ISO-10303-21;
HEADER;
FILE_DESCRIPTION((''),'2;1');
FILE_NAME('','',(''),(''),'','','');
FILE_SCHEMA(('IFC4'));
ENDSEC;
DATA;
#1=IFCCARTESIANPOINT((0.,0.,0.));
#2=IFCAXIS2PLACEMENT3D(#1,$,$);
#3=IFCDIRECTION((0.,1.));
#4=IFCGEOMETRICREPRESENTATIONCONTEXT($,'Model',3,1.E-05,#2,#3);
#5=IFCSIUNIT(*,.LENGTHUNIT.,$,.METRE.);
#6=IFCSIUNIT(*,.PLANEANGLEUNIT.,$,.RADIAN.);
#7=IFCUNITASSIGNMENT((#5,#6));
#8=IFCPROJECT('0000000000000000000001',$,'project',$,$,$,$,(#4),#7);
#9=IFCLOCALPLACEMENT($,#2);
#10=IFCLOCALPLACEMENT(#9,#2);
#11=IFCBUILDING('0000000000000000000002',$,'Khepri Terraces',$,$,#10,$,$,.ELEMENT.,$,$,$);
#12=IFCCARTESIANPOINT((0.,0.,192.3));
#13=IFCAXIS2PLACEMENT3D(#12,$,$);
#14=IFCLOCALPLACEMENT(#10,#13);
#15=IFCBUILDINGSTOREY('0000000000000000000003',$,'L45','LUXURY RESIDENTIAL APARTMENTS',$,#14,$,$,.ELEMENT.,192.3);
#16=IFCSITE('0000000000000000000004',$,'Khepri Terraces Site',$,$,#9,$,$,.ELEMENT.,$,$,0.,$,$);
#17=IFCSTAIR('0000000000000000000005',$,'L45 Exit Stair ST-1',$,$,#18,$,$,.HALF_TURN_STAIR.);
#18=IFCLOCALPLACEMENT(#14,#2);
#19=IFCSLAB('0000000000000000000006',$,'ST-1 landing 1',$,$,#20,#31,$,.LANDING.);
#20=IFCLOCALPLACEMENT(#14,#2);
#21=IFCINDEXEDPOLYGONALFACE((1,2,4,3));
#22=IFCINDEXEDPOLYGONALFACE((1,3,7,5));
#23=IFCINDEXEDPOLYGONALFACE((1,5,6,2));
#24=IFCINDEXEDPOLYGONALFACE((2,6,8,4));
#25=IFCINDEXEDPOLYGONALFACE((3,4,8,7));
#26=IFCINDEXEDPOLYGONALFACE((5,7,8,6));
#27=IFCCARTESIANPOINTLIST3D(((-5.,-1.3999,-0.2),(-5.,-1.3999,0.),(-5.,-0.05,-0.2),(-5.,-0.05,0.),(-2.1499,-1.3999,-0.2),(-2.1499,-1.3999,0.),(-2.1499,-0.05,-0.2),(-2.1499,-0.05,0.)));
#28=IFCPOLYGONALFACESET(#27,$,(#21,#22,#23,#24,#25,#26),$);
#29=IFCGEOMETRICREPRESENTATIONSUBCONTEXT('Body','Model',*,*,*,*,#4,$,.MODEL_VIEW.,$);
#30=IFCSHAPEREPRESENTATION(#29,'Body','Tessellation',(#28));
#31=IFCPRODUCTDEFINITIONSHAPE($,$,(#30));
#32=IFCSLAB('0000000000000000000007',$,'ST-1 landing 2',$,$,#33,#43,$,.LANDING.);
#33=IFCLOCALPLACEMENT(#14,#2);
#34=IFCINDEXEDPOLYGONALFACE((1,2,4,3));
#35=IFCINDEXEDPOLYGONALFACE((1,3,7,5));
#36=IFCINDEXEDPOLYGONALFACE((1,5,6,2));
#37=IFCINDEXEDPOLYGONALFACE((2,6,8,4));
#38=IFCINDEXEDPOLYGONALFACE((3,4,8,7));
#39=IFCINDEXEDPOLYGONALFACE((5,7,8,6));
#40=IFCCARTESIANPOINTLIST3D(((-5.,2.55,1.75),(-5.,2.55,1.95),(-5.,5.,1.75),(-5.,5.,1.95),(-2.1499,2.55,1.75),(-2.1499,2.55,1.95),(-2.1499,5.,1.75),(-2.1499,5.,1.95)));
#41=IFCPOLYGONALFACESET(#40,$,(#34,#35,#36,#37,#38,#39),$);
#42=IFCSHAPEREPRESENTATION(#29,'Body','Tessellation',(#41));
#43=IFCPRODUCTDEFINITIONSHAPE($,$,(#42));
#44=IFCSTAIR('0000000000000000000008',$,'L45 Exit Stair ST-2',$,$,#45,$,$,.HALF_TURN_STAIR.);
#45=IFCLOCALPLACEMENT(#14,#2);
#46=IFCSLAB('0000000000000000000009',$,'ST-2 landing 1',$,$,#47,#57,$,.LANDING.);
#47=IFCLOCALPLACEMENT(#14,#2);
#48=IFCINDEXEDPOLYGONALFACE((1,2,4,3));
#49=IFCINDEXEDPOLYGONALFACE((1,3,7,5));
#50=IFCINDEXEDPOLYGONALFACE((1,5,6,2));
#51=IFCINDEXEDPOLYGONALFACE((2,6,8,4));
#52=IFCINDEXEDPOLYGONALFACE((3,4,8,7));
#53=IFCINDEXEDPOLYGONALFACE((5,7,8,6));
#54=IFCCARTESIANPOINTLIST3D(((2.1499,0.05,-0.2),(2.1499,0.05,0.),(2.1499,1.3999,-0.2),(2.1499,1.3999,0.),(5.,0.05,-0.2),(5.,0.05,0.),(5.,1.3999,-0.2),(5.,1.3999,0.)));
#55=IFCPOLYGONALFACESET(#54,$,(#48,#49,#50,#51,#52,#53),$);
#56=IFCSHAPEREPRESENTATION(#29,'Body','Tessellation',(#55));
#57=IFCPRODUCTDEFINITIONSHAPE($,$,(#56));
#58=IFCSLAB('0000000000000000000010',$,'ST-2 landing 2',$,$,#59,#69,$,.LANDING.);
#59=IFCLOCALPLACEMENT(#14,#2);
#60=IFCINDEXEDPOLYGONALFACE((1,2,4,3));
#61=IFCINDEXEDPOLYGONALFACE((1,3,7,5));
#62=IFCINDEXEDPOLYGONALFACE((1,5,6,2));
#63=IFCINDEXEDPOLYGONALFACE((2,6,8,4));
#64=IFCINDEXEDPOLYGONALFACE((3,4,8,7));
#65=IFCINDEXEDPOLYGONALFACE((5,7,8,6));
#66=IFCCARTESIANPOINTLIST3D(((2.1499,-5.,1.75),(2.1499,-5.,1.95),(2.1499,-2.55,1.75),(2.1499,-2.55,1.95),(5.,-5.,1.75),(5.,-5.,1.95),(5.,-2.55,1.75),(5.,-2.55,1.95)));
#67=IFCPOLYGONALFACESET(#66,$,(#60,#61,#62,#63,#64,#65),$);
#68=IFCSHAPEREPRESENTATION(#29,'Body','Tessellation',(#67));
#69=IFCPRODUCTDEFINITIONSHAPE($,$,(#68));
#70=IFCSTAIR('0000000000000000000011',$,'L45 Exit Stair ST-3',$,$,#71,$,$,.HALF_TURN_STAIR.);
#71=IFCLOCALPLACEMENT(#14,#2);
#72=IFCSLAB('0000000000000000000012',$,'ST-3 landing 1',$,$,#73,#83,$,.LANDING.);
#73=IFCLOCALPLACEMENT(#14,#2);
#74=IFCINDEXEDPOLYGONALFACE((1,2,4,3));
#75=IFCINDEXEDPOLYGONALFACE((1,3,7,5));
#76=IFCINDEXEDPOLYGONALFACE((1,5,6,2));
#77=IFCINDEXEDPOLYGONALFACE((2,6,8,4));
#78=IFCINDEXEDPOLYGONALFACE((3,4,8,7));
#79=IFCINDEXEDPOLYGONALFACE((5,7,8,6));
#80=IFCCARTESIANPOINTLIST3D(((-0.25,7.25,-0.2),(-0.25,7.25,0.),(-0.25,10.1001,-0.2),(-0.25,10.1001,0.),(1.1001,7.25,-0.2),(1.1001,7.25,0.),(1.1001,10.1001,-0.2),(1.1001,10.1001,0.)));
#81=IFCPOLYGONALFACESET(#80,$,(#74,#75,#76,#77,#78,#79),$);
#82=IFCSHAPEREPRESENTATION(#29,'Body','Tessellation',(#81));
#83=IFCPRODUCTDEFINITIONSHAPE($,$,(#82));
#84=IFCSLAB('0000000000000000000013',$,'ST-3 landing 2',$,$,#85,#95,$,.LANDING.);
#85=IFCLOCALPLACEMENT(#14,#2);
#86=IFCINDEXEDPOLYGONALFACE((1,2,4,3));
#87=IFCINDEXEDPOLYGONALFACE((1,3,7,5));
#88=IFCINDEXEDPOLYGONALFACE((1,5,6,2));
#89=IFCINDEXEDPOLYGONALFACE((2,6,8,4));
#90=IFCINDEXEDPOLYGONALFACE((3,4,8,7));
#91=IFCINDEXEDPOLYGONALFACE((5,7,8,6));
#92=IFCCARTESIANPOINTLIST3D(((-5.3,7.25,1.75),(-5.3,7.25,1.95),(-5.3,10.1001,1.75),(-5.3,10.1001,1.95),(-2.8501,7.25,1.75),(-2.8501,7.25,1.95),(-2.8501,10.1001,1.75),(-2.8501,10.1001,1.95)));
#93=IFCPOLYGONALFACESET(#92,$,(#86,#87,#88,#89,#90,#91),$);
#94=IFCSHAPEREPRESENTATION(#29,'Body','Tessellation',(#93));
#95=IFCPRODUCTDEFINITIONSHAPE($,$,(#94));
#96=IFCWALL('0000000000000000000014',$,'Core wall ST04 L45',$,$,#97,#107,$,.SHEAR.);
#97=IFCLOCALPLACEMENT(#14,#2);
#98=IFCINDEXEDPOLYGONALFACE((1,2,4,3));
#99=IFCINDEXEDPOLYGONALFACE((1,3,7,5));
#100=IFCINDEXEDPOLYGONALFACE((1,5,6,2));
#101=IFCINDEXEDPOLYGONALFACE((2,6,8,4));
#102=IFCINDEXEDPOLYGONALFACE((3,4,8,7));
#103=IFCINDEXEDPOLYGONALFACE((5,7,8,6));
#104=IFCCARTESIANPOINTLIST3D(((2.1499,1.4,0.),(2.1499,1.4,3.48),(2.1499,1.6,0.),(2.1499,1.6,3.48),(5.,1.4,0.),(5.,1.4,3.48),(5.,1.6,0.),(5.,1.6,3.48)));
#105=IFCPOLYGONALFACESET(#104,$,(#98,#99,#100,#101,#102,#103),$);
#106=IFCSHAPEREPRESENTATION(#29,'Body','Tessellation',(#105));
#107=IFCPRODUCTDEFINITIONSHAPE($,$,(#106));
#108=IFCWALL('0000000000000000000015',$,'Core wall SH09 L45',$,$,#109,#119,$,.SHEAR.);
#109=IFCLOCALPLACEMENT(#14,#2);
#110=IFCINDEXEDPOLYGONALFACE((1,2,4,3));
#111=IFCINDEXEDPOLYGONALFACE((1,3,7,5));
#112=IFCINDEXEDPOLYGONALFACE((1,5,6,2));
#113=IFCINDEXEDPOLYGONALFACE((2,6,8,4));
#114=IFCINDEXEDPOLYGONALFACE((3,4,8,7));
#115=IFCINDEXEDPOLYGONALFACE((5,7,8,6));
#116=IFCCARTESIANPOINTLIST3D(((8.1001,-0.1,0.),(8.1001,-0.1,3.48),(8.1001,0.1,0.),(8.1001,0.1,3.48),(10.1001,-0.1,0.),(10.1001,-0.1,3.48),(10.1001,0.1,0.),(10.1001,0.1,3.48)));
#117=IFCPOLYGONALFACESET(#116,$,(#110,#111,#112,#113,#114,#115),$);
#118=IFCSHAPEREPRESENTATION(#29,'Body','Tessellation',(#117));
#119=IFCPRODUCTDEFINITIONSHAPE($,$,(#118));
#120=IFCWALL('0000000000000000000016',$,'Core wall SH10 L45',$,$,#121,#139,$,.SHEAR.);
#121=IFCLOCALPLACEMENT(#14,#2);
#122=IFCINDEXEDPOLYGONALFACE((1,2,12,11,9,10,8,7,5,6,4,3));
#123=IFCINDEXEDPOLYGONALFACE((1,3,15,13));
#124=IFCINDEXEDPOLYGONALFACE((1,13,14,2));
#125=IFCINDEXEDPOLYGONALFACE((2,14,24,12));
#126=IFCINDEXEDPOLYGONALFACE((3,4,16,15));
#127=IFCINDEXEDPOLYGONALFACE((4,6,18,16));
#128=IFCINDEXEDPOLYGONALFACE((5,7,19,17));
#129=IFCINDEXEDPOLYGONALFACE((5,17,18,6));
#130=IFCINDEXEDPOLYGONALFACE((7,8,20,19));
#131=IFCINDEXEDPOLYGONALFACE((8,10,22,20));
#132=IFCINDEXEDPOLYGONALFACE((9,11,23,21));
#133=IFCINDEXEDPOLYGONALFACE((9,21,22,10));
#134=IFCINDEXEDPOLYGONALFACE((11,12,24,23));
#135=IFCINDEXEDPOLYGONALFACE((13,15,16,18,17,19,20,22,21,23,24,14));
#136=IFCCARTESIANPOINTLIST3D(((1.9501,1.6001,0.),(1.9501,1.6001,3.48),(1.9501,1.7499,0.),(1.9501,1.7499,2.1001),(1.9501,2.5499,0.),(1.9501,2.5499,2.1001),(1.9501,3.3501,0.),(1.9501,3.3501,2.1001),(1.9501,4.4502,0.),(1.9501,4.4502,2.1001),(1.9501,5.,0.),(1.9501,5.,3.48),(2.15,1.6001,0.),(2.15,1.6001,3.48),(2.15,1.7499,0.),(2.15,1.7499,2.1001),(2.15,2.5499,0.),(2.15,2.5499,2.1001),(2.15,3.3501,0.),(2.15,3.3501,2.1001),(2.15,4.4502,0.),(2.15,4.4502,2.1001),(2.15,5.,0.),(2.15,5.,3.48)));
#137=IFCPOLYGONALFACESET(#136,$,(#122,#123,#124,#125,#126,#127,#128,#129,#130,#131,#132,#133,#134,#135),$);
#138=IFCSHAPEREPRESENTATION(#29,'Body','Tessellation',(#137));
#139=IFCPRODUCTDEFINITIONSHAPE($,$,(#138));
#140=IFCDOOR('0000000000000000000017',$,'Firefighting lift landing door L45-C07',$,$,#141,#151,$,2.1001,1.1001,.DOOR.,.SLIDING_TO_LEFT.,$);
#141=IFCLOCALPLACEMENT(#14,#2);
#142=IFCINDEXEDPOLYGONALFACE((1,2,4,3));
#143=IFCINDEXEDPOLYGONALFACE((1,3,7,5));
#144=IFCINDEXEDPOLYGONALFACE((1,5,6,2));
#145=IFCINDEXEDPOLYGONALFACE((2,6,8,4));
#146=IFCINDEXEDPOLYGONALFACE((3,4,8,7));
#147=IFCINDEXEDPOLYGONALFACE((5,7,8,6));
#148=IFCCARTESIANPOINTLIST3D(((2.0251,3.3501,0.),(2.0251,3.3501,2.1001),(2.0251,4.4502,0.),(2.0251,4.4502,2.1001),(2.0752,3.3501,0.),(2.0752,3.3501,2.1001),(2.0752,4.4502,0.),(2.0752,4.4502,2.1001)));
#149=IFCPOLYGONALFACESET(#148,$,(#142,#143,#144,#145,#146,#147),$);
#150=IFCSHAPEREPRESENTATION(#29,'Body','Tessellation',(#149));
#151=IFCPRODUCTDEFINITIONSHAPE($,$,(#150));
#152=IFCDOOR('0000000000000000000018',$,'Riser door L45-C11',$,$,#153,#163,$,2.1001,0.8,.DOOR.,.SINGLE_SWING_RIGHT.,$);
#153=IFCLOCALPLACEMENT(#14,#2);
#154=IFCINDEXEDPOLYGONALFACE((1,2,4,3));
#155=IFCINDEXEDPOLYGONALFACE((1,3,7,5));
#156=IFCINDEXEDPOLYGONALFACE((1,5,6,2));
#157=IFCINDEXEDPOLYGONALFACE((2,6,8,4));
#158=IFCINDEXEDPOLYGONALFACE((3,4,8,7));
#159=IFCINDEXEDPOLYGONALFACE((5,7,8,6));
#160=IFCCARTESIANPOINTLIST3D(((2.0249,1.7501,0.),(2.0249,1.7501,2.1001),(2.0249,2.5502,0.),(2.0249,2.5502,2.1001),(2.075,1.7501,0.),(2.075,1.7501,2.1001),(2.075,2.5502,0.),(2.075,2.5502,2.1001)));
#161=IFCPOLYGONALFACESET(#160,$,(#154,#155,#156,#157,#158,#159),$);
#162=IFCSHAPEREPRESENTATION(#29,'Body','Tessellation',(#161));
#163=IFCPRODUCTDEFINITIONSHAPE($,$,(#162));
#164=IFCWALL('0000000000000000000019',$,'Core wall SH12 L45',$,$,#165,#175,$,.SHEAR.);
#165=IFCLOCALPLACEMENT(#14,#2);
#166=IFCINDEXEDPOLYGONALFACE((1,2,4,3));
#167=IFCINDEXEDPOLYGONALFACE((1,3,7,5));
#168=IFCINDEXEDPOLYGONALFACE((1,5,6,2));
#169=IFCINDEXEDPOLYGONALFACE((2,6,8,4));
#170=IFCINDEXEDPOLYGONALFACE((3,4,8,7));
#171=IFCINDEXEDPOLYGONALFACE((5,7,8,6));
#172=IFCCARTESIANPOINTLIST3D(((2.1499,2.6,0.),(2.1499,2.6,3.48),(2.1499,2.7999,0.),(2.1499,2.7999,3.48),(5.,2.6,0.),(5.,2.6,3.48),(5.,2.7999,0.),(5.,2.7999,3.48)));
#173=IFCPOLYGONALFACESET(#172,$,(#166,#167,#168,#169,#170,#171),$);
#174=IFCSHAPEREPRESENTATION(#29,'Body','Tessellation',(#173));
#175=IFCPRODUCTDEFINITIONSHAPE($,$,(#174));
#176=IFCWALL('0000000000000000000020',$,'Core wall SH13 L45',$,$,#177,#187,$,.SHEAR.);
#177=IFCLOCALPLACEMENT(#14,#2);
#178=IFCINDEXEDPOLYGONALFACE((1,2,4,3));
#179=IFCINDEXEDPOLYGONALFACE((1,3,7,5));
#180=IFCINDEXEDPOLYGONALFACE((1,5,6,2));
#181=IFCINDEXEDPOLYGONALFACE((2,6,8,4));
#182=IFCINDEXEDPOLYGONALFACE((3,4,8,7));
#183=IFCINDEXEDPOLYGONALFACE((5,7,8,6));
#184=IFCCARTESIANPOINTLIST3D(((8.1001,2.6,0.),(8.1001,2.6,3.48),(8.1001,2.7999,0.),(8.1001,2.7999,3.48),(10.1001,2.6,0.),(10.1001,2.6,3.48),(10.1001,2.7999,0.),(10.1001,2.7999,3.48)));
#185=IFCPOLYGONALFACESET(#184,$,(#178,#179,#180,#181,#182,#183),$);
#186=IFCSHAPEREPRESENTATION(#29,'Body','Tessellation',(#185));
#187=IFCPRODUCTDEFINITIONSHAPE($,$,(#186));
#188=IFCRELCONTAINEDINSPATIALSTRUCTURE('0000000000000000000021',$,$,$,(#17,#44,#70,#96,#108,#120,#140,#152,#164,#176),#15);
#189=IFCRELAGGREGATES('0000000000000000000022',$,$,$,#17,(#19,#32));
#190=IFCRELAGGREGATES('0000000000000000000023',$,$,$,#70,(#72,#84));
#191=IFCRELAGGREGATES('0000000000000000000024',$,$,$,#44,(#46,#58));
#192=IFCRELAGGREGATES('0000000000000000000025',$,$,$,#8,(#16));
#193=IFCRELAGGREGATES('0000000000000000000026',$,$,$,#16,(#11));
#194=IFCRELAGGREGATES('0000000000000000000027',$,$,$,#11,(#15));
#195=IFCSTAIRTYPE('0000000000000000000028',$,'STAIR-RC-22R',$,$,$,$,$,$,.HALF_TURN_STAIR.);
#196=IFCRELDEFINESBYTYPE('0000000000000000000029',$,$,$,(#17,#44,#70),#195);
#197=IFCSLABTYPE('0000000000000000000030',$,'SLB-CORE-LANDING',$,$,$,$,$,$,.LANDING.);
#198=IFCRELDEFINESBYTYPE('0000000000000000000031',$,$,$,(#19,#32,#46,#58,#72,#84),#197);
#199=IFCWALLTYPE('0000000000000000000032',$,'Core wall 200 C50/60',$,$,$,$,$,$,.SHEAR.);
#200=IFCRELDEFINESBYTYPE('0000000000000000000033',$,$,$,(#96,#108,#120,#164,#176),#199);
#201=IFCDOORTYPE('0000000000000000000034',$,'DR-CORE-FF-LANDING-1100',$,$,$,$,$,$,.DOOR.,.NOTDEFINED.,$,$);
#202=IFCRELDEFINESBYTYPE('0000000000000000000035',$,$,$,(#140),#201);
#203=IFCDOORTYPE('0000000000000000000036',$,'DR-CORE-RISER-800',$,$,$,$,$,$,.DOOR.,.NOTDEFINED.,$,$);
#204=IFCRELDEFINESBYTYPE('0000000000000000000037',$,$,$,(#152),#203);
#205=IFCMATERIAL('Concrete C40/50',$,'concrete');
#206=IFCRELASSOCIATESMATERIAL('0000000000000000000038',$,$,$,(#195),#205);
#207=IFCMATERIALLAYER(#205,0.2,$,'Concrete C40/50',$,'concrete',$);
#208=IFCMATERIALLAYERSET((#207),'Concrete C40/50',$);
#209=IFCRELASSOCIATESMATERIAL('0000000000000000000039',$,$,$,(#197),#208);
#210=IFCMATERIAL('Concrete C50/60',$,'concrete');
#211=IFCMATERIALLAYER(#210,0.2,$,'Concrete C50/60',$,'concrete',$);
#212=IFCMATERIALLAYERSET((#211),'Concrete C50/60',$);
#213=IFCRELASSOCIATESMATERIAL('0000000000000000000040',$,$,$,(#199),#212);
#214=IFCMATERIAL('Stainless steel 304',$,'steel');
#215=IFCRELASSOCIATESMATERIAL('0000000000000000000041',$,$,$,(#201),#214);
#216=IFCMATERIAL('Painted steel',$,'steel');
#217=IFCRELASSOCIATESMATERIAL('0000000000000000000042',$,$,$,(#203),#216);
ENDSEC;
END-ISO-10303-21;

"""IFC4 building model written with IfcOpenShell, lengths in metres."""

from ifc_helpers import new_model, si_unit, direction, frame, frame_2d, origin, place, context, subcontext, project, spatial, polyline, rectangle, outline, extrude, material, layer, layer_set, type_object, element, fill, aggregate, save


model = new_model("IFC4")

# Units and contexts
model_context = context("Model", 3, precision=1e-05, world=origin(), true_north=direction((0.0, 1.0)))
body_context = subcontext(model_context, "Body", "Model", "MODEL_VIEW")
ifc_project = project(units=[si_unit("LENGTHUNIT", "METRE"), si_unit("PLANEANGLEUNIT", "RADIAN")], contexts=[model_context])

# Site, building, storey
site_placement = place(None, origin())
site = spatial("IfcSite", under=ifc_project, at=site_placement, Name="Khepri Terraces Site", CompositionType="ELEMENT", RefElevation=0.0)
building_placement = place(site_placement, origin())
building = spatial("IfcBuilding", under=site, at=building_placement, Name="Khepri Terraces", CompositionType="ELEMENT")
storey_placement = place(building_placement, frame((0.0, 0.0, 192.3)))
storey = spatial("IfcBuildingStorey", under=building, at=storey_placement, Name="L45", Description="LUXURY RESIDENTIAL APARTMENTS", CompositionType="ELEMENT", Elevation=192.3)

# Stairs, slabs
ifc_material_1 = material(Name="Concrete C40/50", Category="concrete")
stair_type = type_object("IfcStairType", Name="STAIR-RC-22R", PredefinedType="HALF_TURN_STAIR", material=ifc_material_1)
stair_1_placement = place(storey_placement, origin())
stair_1 = element("IfcStair", 1, at=stair_1_placement, inside=storey, type_object=stair_type, Name="L45 Exit Stair ST-1", PredefinedType="HALF_TURN_STAIR")
ifc_layer_1 = layer(ifc_material_1, 0.2, Name="Concrete C40/50", Category="concrete")
ifc_layer_set_1 = layer_set([ifc_layer_1], Name="Concrete C40/50")
slab_type = type_object("IfcSlabType", Name="SLB-CORE-LANDING", PredefinedType="LANDING", material=ifc_layer_set_1)
slab_1_placement = place(storey_placement, frame((0.0, 0.0, -0.2)))
slab_1 = element("IfcSlab", 2, at=slab_1_placement, type_object=slab_type, Name="ST-1 landing 1", PredefinedType="LANDING", context=body_context, shape_type="SweptSolid", body=[
    extrude(outline(polyline([(-2.1499, -1.3999), (-2.1499, -0.05), (-5.0, -0.05), (-5.0, -1.3999), (-2.1499, -1.3999)])), origin(), (0.0, 0.0, 1.0), 0.2),
])
slab_2_placement = place(storey_placement, frame((0.0, 0.0, 1.75)))
slab_2 = element("IfcSlab", 3, at=slab_2_placement, type_object=slab_type, Name="ST-1 landing 2", PredefinedType="LANDING", context=body_context, shape_type="SweptSolid", body=[
    extrude(outline(polyline([(-2.1499, 2.55), (-2.1499, 5.0), (-5.0, 5.0), (-5.0, 2.55), (-2.1499, 2.55)])), origin(), (0.0, 0.0, 1.0), 0.2),
])
aggregate(stair_1, [slab_1, slab_2])
stair_2_placement = place(storey_placement, origin())
stair_2 = element("IfcStair", 4, at=stair_2_placement, inside=storey, type_object=stair_type, Name="L45 Exit Stair ST-2", PredefinedType="HALF_TURN_STAIR")
slab_3_placement = place(storey_placement, frame((0.0, 0.0, -0.2)))
slab_3 = element("IfcSlab", 5, at=slab_3_placement, type_object=slab_type, Name="ST-2 landing 1", PredefinedType="LANDING", context=body_context, shape_type="SweptSolid", body=[
    extrude(outline(polyline([(2.1499, 1.3999), (2.1499, 0.05), (5.0, 0.05), (5.0, 1.3999), (2.1499, 1.3999)])), origin(), (0.0, 0.0, 1.0), 0.2),
])
slab_4_placement = place(storey_placement, frame((0.0, 0.0, 1.75)))
slab_4 = element("IfcSlab", 6, at=slab_4_placement, type_object=slab_type, Name="ST-2 landing 2", PredefinedType="LANDING", context=body_context, shape_type="SweptSolid", body=[
    extrude(outline(polyline([(2.1499, -2.55), (2.1499, -5.0), (5.0, -5.0), (5.0, -2.55), (2.1499, -2.55)])), origin(), (0.0, 0.0, 1.0), 0.2),
])
stair_3_placement = place(storey_placement, origin())
stair_3 = element("IfcStair", 7, at=stair_3_placement, inside=storey, type_object=stair_type, Name="L45 Exit Stair ST-3", PredefinedType="HALF_TURN_STAIR")
slab_5_placement = place(storey_placement, frame((0.0, 0.0, -0.2)))
slab_5 = element("IfcSlab", 8, at=slab_5_placement, type_object=slab_type, Name="ST-3 landing 1", PredefinedType="LANDING", context=body_context, shape_type="SweptSolid", body=[
    extrude(outline(polyline([(1.1001, 10.1001), (-0.25, 10.1001), (-0.25, 7.25), (1.1001, 7.25), (1.1001, 10.1001)])), origin(), (0.0, 0.0, 1.0), 0.2),
])
slab_6_placement = place(storey_placement, frame((0.0, 0.0, 1.75)))
slab_6 = element("IfcSlab", 9, at=slab_6_placement, type_object=slab_type, Name="ST-3 landing 2", PredefinedType="LANDING", context=body_context, shape_type="SweptSolid", body=[
    extrude(outline(polyline([(-2.8501, 10.1001), (-5.3, 10.1001), (-5.3, 7.25), (-2.8501, 7.25), (-2.8501, 10.1001)])), origin(), (0.0, 0.0, 1.0), 0.2),
])
aggregate(stair_3, [slab_5, slab_6])

# Walls
ifc_material_2 = material(Name="Concrete C50/60", Category="concrete")
ifc_layer_2 = layer(ifc_material_2, 0.2, Name="Concrete C50/60", Category="concrete")
ifc_layer_set_2 = layer_set([ifc_layer_2], Name="Concrete C50/60")
wall_type_1 = type_object("IfcWallType", Name="Core wall 200 C50/60", PredefinedType="SHEAR", material=ifc_layer_set_2)
wall_1_placement = place(storey_placement, frame((2.1499, 1.5, 0.0), z_axis=(0.0, 0.0, 1.0), x_axis=(1.0, 0.0, 0.0)))
element("IfcWall", 10, at=wall_1_placement, inside=storey, type_object=wall_type_1, Name="Core wall ST04 L45", PredefinedType="SHEAR", context=body_context, shape_type="SweptSolid", body=[
    extrude(rectangle(XDim=2.8501, YDim=0.2, at=frame_2d((1.425, 0.0))), origin(), (0.0, 0.0, 1.0), 3.48),
])
wall_2_placement = place(storey_placement, frame((8.1001, 0.0, 0.0), z_axis=(0.0, 0.0, 1.0), x_axis=(1.0, 0.0, 0.0)))
element("IfcWall", 11, at=wall_2_placement, inside=storey, type_object=wall_type_1, Name="Core wall SH09 L45", PredefinedType="SHEAR", context=body_context, shape_type="SweptSolid", body=[
    extrude(rectangle(XDim=2.0, YDim=0.2, at=frame_2d((1.0, 0.0))), origin(), (0.0, 0.0, 1.0), 3.48),
])

# Wall, openings, doors
wall_3_placement = place(storey_placement, frame((2.05, 1.6001, 0.0), z_axis=(0.0, 0.0, 1.0), x_axis=(0.0, 1.0, 0.0)))
wall_3 = element("IfcWall", 12, at=wall_3_placement, inside=storey, type_object=wall_type_1, Name="Core wall SH10 L45", PredefinedType="SHEAR", context=body_context, shape_type="SweptSolid", body=[
    extrude(rectangle(XDim=3.3999, YDim=0.2, at=frame_2d((1.7, 0.0))), origin(), (0.0, 0.0, 1.0), 3.48),
])
opening_1_placement = place(wall_3_placement, frame((1.75, 0.0, 0.0)))
opening_1 = element("IfcOpeningElement", 13, at=opening_1_placement, cuts=wall_3, PredefinedType="OPENING", context=body_context, shape_type="SweptSolid", body=[
    extrude(rectangle(XDim=1.1001, YDim=2.1001, at=frame_2d((0.55, 1.05))), frame((0.0, 0.1099, 0.0), z_axis=(0.0, -1.0, 0.0), x_axis=(1.0, 0.0, 0.0)), (0.0, 0.0, 1.0), 0.22),
])
opening_2_placement = place(wall_3_placement, frame((0.1499, 0.0, 0.0)))
opening_2 = element("IfcOpeningElement", 14, at=opening_2_placement, cuts=wall_3, PredefinedType="OPENING", context=body_context, shape_type="SweptSolid", body=[
    extrude(rectangle(XDim=0.8, YDim=2.1001, at=frame_2d((0.3999, 1.05))), frame((0.0, 0.1099, 0.0), z_axis=(0.0, -1.0, 0.0), x_axis=(1.0, 0.0, 0.0)), (0.0, 0.0, 1.0), 0.22),
])
ifc_material_3 = material(Name="Stainless steel 304", Category="steel")
door_type_1 = type_object("IfcDoorType", Name="DR-CORE-FF-LANDING-1100", OperationType="NOTDEFINED", PredefinedType="DOOR", material=ifc_material_3)
door_1_placement = place(opening_1_placement, origin())
door_1 = element("IfcDoor", 15, at=door_1_placement, inside=storey, type_object=door_type_1, Name="Firefighting lift landing door L45-C07", OperationType="SLIDING_TO_LEFT", OverallHeight=2.1001, OverallWidth=1.1001, PredefinedType="DOOR", context=body_context, shape_type="SweptSolid", body=[
    extrude(rectangle(XDim=1.1001, YDim=2.1001, at=frame_2d((0.55, 1.05))), frame((0.0, 0.0249, 0.0), z_axis=(0.0, -1.0, 0.0), x_axis=(1.0, 0.0, 0.0)), (0.0, 0.0, 1.0), 0.05),
])
fill(opening_1, door_1)
ifc_material_4 = material(Name="Painted steel", Category="steel")
door_type_2 = type_object("IfcDoorType", Name="DR-CORE-RISER-800", OperationType="NOTDEFINED", PredefinedType="DOOR", material=ifc_material_4)
door_2_placement = place(opening_2_placement, frame((0.8, 0.0, 0.0), z_axis=(0.0, 0.0, 1.0), x_axis=(-1.0, 0.0, 0.0)))
door_2 = element("IfcDoor", 16, at=door_2_placement, inside=storey, type_object=door_type_2, Name="Riser door L45-C11", OperationType="SINGLE_SWING_RIGHT", OverallHeight=2.1001, OverallWidth=0.8, PredefinedType="DOOR", context=body_context, shape_type="SweptSolid", body=[
    extrude(rectangle(XDim=0.8, YDim=2.1001, at=frame_2d((0.3999, 1.05))), frame((0.0, 0.0249, 0.0), z_axis=(0.0, -1.0, 0.0), x_axis=(1.0, 0.0, 0.0)), (0.0, 0.0, 1.0), 0.05),
])
fill(opening_2, door_2)

# Walls
wall_4_placement = place(storey_placement, frame((2.1499, 2.7, 0.0), z_axis=(0.0, 0.0, 1.0), x_axis=(1.0, 0.0, 0.0)))
element("IfcWall", 17, at=wall_4_placement, inside=storey, type_object=wall_type_1, Name="Core wall SH12 L45", PredefinedType="SHEAR", context=body_context, shape_type="SweptSolid", body=[
    extrude(rectangle(XDim=2.8501, YDim=0.2, at=frame_2d((1.425, 0.0))), origin(), (0.0, 0.0, 1.0), 3.48),
])
wall_5_placement = place(storey_placement, frame((8.1001, 2.7, 0.0), z_axis=(0.0, 0.0, 1.0), x_axis=(1.0, 0.0, 0.0)))
element("IfcWall", 18, at=wall_5_placement, inside=storey, type_object=wall_type_1, Name="Core wall SH13 L45", PredefinedType="SHEAR", context=body_context, shape_type="SweptSolid", body=[
    extrude(rectangle(XDim=2.0, YDim=0.2, at=frame_2d((1.0, 0.0))), origin(), (0.0, 0.0, 1.0), 3.48),
])

aggregate(stair_2, [slab_3, slab_4])

save(model, "model.ifc")
